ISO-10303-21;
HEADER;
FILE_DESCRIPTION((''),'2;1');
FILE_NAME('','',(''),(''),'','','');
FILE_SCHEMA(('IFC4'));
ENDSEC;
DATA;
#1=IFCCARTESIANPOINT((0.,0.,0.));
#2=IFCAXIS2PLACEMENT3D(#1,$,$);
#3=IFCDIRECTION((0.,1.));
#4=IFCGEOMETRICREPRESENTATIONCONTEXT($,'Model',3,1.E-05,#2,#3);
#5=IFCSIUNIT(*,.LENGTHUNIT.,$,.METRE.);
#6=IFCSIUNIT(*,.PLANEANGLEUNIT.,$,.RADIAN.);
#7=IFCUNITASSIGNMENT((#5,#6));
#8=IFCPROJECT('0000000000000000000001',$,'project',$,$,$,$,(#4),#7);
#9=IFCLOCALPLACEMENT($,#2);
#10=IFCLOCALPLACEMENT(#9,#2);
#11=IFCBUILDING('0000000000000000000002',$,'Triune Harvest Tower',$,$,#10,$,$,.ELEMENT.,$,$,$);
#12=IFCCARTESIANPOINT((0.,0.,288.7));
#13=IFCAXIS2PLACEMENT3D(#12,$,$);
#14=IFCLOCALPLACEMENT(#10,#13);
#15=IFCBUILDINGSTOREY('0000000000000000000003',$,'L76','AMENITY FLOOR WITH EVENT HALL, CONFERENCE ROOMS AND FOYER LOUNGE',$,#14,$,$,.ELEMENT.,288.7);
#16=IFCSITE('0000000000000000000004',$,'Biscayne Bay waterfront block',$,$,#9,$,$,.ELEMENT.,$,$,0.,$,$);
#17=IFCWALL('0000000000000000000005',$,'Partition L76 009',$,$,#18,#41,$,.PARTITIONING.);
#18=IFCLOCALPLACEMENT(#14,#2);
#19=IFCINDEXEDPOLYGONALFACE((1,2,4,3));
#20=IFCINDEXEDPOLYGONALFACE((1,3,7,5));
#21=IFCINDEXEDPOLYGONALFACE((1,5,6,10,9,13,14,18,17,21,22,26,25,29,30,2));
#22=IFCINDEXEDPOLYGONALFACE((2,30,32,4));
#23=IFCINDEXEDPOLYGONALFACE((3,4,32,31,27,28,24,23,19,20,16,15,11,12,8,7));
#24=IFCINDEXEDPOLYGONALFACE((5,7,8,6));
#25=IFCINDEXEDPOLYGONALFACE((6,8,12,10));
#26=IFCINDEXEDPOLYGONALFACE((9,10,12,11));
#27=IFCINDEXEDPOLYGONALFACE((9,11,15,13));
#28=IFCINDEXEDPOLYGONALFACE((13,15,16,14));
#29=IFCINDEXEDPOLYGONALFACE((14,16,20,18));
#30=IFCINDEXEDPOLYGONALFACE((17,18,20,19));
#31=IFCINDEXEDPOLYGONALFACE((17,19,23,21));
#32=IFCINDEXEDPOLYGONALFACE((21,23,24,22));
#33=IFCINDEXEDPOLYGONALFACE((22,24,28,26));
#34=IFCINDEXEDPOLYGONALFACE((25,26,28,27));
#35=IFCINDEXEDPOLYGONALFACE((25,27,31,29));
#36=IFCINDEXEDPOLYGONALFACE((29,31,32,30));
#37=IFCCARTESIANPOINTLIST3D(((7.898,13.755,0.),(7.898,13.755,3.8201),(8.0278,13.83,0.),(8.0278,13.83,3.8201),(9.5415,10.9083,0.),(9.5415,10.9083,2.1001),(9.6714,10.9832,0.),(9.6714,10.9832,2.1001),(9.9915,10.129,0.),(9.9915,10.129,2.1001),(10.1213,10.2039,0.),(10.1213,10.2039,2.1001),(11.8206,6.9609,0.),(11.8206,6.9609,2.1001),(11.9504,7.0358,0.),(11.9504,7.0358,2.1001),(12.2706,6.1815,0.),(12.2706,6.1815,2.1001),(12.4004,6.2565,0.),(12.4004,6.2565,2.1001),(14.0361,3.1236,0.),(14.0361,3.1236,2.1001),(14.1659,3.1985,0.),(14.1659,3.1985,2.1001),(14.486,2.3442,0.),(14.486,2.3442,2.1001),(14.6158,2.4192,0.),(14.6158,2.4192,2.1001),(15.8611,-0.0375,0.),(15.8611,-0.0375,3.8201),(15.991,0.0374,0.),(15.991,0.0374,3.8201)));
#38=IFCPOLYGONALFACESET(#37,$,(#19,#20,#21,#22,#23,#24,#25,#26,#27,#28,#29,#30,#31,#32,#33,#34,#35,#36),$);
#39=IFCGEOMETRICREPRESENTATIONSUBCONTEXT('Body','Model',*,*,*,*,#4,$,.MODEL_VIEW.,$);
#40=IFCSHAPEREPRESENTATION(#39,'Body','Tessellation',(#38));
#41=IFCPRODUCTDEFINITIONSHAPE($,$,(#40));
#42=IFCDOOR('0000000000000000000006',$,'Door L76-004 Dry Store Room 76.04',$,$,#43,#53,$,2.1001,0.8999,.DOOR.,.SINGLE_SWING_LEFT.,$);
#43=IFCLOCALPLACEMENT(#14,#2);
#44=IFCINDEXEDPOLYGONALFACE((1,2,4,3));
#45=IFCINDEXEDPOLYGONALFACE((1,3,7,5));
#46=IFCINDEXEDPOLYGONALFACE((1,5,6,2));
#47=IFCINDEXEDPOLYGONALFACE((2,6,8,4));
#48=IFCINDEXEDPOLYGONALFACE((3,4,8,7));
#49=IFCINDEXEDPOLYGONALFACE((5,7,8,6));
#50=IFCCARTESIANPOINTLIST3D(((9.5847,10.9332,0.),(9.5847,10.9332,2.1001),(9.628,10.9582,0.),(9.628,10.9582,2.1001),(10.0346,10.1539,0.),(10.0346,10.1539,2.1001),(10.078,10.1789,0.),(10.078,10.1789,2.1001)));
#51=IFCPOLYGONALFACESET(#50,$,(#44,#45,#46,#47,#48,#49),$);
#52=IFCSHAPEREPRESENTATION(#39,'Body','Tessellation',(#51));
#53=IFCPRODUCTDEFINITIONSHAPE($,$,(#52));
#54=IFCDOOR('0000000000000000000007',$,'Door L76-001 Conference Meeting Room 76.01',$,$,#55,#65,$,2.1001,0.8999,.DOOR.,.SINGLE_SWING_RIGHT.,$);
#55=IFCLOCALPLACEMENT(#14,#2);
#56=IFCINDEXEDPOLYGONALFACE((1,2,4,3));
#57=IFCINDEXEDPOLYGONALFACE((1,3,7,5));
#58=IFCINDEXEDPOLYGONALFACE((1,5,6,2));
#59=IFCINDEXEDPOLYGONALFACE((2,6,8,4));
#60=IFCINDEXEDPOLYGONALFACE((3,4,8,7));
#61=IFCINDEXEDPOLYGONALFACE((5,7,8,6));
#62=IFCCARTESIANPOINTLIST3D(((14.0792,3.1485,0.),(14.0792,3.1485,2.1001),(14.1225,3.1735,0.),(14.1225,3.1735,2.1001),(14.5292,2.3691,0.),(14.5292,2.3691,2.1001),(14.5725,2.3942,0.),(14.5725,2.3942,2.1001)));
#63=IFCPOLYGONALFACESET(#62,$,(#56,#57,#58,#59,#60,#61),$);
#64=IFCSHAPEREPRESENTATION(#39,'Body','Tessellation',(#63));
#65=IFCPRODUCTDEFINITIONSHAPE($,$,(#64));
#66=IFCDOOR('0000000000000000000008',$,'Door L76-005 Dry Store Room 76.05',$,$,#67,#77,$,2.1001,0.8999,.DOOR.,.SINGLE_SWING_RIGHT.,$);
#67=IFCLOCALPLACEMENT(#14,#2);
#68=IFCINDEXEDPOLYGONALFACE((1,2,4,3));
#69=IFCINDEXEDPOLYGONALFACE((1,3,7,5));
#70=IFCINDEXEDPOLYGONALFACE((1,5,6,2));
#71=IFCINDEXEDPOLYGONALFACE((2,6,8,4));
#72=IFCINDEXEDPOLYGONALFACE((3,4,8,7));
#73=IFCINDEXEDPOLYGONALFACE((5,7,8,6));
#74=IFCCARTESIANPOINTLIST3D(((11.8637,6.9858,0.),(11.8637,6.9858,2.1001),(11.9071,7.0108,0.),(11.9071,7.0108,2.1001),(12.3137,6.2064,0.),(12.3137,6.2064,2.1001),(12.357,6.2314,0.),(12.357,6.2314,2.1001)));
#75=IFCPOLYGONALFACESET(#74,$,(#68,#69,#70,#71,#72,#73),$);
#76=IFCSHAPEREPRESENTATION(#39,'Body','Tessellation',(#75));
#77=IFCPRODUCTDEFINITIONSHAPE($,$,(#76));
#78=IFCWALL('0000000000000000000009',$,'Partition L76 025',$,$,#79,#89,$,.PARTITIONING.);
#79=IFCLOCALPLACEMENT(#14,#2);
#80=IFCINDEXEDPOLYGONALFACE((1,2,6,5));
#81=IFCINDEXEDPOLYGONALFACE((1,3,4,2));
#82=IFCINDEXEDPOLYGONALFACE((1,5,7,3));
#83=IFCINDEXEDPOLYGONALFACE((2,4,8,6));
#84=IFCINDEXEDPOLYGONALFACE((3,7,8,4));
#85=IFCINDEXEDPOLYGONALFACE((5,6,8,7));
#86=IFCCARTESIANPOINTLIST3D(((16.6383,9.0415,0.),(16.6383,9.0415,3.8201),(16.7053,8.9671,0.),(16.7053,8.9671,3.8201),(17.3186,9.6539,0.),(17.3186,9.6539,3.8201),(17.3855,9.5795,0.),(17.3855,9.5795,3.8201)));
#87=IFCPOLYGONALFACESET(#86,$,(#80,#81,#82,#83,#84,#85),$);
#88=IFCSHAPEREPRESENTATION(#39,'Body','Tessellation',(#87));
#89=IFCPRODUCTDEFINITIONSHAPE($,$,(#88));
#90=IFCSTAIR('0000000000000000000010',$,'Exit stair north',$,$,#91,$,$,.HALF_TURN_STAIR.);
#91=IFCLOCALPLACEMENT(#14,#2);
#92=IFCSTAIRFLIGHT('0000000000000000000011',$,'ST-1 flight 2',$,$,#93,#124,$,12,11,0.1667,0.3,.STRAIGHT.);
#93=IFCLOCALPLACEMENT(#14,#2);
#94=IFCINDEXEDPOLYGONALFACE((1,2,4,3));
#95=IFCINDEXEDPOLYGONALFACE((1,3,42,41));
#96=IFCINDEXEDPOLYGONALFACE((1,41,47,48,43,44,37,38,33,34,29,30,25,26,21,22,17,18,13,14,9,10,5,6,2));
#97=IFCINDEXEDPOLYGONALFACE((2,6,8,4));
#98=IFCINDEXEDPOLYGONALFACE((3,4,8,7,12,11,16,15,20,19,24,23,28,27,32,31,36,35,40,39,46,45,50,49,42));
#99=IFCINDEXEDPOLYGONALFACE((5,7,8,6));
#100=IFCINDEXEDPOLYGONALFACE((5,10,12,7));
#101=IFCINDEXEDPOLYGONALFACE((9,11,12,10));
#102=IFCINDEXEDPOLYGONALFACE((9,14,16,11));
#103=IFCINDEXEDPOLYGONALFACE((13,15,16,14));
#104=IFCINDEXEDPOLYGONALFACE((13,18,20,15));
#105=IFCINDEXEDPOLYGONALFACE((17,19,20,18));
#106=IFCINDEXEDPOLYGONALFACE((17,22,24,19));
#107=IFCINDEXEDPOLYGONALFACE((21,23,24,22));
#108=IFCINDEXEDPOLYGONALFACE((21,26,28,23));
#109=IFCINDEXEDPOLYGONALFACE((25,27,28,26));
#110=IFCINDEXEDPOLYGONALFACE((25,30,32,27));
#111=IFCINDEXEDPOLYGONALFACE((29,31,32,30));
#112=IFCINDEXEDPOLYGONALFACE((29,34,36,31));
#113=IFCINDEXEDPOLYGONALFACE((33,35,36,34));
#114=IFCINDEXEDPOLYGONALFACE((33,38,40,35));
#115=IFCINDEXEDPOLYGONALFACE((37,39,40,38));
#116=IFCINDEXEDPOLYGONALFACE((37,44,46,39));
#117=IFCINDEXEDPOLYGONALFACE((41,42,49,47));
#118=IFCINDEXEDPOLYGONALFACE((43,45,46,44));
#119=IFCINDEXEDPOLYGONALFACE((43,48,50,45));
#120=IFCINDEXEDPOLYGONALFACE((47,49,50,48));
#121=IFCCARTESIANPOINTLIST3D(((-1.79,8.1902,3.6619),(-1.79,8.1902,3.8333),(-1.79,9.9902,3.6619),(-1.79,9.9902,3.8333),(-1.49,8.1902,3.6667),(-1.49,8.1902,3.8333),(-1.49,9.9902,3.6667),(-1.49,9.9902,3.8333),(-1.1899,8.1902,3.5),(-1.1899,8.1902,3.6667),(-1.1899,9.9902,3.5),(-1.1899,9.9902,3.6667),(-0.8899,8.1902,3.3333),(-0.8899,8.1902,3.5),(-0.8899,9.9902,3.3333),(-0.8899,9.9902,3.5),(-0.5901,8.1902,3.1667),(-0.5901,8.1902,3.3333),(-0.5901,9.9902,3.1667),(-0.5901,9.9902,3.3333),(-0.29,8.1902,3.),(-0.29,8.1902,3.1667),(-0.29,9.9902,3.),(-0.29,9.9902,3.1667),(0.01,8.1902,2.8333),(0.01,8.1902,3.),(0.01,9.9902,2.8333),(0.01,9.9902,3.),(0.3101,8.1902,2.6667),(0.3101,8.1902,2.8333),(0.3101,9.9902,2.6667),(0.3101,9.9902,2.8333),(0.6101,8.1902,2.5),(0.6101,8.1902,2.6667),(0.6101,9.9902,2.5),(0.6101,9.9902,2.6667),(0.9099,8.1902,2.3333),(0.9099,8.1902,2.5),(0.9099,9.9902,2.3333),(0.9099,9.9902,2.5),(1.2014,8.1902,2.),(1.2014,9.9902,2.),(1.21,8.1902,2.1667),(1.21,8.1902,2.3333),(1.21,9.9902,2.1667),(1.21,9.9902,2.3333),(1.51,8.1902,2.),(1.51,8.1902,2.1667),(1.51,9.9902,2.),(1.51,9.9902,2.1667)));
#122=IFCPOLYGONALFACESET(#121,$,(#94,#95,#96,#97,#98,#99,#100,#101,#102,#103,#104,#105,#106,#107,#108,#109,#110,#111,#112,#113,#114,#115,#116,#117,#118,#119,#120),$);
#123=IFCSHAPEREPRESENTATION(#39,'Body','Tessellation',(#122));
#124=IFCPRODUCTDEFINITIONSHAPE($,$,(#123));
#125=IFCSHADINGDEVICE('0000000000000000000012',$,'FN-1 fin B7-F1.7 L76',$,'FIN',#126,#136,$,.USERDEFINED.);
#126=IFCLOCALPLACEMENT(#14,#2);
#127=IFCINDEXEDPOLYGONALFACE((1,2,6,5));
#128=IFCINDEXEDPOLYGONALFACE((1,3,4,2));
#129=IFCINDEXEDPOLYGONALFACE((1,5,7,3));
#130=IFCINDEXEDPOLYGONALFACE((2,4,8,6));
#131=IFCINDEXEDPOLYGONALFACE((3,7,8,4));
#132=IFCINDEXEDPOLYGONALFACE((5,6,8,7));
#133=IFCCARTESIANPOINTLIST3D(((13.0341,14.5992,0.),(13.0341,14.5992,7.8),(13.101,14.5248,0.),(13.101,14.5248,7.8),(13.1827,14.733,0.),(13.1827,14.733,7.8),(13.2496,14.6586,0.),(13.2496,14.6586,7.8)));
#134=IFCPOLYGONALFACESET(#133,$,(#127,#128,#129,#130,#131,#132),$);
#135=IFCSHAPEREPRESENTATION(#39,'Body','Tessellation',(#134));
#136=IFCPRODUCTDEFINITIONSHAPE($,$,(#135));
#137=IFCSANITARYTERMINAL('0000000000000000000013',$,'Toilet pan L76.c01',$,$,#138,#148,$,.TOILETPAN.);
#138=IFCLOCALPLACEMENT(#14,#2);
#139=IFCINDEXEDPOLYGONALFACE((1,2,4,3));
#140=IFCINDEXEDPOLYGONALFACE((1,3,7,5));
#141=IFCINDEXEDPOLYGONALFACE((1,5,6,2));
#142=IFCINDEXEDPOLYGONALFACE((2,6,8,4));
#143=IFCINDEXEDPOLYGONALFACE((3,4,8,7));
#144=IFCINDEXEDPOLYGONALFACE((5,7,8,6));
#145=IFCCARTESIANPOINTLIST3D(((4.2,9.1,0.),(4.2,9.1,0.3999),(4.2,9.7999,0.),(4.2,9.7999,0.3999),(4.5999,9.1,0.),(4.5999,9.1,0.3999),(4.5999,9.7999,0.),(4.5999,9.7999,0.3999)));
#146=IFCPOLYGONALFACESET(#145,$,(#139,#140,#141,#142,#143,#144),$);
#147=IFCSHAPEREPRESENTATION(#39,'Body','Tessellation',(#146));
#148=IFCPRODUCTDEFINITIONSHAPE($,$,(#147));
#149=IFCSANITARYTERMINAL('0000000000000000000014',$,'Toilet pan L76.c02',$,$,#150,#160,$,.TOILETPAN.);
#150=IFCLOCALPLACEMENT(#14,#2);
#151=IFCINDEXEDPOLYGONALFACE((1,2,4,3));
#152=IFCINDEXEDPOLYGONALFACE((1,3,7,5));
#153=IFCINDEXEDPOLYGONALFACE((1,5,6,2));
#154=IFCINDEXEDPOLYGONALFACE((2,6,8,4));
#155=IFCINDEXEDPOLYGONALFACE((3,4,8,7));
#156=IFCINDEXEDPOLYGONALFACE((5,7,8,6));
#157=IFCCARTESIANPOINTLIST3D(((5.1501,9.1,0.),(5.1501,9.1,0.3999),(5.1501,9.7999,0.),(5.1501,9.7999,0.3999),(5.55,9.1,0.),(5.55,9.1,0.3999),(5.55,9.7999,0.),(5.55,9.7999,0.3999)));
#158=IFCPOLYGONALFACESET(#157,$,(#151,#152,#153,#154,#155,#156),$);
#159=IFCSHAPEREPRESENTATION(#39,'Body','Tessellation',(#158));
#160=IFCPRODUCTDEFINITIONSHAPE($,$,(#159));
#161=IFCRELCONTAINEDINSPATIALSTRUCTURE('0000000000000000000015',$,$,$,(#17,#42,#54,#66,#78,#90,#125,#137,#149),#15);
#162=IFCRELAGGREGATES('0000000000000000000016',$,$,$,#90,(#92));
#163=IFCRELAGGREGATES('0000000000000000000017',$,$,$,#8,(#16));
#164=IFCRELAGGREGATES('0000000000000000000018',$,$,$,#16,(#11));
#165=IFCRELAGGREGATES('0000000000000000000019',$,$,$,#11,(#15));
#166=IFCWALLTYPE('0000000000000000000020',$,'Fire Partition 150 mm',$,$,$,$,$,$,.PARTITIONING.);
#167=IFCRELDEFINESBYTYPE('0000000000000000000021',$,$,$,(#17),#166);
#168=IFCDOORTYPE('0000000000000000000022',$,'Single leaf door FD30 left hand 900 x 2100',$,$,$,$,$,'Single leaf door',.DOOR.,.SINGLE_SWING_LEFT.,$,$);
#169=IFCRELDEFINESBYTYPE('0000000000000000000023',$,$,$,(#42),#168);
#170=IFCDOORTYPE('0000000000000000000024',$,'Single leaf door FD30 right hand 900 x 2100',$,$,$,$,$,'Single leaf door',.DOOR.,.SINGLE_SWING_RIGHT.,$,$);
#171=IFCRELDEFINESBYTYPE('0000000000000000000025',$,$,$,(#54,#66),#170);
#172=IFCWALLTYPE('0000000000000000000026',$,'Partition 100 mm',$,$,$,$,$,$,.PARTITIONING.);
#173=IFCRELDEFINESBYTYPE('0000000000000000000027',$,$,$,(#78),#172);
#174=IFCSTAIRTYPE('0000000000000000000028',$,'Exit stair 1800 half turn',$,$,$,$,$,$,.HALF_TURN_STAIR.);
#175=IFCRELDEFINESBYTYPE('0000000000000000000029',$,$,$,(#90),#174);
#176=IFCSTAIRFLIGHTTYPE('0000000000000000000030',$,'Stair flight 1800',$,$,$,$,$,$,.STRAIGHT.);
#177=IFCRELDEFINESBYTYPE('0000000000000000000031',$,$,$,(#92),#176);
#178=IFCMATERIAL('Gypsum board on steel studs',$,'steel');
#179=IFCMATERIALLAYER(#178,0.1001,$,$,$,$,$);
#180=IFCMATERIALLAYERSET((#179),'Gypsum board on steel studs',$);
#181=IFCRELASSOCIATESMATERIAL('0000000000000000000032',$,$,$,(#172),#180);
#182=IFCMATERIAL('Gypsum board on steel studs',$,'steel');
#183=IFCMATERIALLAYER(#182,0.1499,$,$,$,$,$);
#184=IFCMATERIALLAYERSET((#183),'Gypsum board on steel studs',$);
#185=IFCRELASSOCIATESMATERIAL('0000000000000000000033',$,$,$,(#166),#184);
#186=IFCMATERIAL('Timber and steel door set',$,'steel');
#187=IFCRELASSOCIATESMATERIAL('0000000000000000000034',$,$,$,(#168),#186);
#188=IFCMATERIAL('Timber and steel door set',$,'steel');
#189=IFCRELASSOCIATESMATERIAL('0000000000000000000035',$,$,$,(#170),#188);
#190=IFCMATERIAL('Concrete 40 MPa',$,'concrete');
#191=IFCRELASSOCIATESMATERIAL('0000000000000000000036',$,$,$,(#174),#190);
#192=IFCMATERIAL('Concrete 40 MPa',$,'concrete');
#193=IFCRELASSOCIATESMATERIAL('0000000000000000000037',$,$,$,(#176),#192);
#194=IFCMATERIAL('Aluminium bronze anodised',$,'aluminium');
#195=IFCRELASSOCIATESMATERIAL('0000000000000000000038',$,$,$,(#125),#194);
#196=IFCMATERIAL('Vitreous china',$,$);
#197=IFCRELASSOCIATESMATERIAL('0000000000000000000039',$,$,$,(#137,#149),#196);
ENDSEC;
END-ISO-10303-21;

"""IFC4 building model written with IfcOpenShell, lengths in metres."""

from ifc_helpers import new_model, si_unit, direction, frame, frame_2d, origin, origin_2d, place, context, subcontext, project, spatial, polyline, rectangle, outline, extrude, source, transform, mapped, material, layer, layer_set, type_object, element, fill, aggregate, save


model = new_model("IFC4")

# Units and contexts
model_context = context("Model", 3, precision=1e-05, world=origin(), true_north=direction((0.0, 1.0)))
body_context = subcontext(model_context, "Body", "Model", "MODEL_VIEW")
ifc_project = project(units=[si_unit("LENGTHUNIT", "METRE"), si_unit("PLANEANGLEUNIT", "RADIAN")], contexts=[model_context])

# Site, building, storey
site_placement = place(None, origin())
site = spatial("IfcSite", under=ifc_project, at=site_placement, Name="Biscayne Bay waterfront block", CompositionType="ELEMENT", RefElevation=0.0)
building_placement = place(site_placement, origin())
building = spatial("IfcBuilding", under=site, at=building_placement, Name="Triune Harvest Tower", CompositionType="ELEMENT")
storey_placement = place(building_placement, frame((0.0, 0.0, 288.7)))
storey = spatial("IfcBuildingStorey", under=building, at=storey_placement, Name="L76", Description="AMENITY FLOOR WITH EVENT HALL, CONFERENCE ROOMS AND FOYER LOUNGE", CompositionType="ELEMENT", Elevation=288.7)

# Shared definitions
ifc_material_1 = material(Name="Gypsum board on steel studs", Category="steel")
ifc_layer_1 = layer(ifc_material_1, 0.1001)
ifc_layer_set_1 = layer_set([ifc_layer_1], Name="Gypsum board on steel studs")
wall_type_1 = type_object("IfcWallType", Name="Partition 100 mm", PredefinedType="PARTITIONING", material=ifc_layer_set_1)

# Wall, openings, doors
ifc_material_2 = material(Name="Gypsum board on steel studs", Category="steel")
ifc_layer_2 = layer(ifc_material_2, 0.1499)
ifc_layer_set_2 = layer_set([ifc_layer_2], Name="Gypsum board on steel studs")
wall_type_2 = type_object("IfcWallType", Name="Fire Partition 150 mm", PredefinedType="PARTITIONING", material=ifc_layer_set_2)
shared_shape_1 = source(origin(), body_context, "Body", "SweptSolid", [
    extrude(rectangle(XDim=15.9263, YDim=0.1499, at=frame_2d((7.9631, 0.0))), origin(), (0.0, 0.0, 1.0), 3.8201),
])
wall_1_placement = place(storey_placement, frame((7.9629, 13.7925, 0.0), z_axis=(0.0, 0.0, 1.0), x_axis=(0.500002, -0.866024, 0.0)))
wall_1 = element("IfcWall", 1, at=wall_1_placement, inside=storey, type_object=wall_type_2, Name="Partition L76 009", PredefinedType="PARTITIONING", context=body_context, shape_type="MappedRepresentation", body=[
    mapped(shared_shape_1, transform((0.0, 0.0, 0.0), scale=1.0)),
])
opening_1_placement = place(wall_1_placement, frame((12.2761, 0.0, 0.0)))
opening_1 = element("IfcOpeningElement", 2, at=opening_1_placement, cuts=wall_1, PredefinedType="OPENING", context=body_context, shape_type="SweptSolid", body=[
    extrude(rectangle(XDim=0.8999, YDim=2.1001, at=frame_2d((0.45, 1.05))), frame((0.0, 0.085, 0.0), z_axis=(0.0, -1.0, 0.0), x_axis=(1.0, 0.0, 0.0)), (0.0, 0.0, 1.0), 0.1699),
])
opening_2_placement = place(wall_1_placement, frame((3.2871, 0.0, 0.0)))
opening_2 = element("IfcOpeningElement", 3, at=opening_2_placement, cuts=wall_1, PredefinedType="OPENING", context=body_context, shape_type="SweptSolid", body=[
    extrude(rectangle(XDim=0.8999, YDim=2.1001, at=frame_2d((0.45, 1.05))), frame((0.0, 0.085, 0.0), z_axis=(0.0, -1.0, 0.0), x_axis=(1.0, 0.0, 0.0)), (0.0, 0.0, 1.0), 0.1699),
])
opening_3_placement = place(wall_1_placement, frame((7.8452, 0.0, 0.0)))
opening_3 = element("IfcOpeningElement", 4, at=opening_3_placement, cuts=wall_1, PredefinedType="OPENING", context=body_context, shape_type="SweptSolid", body=[
    extrude(rectangle(XDim=0.8999, YDim=2.1001, at=frame_2d((0.45, 1.05))), frame((0.0, 0.085, 0.0), z_axis=(0.0, -1.0, 0.0), x_axis=(1.0, 0.0, 0.0)), (0.0, 0.0, 1.0), 0.1699),
])
ifc_material_3 = material(Name="Timber and steel door set", Category="steel")
door_type_1 = type_object("IfcDoorType", Name="Single leaf door FD30 left hand 900 x 2100", ElementType="Single leaf door", OperationType="SINGLE_SWING_LEFT", PredefinedType="DOOR", material=ifc_material_3)
door_1_placement = place(opening_2_placement, origin())
door_1 = element("IfcDoor", 5, at=door_1_placement, inside=storey, type_object=door_type_1, Name="Door L76-004 Dry Store Room 76.04", OperationType="SINGLE_SWING_LEFT", OverallHeight=2.1001, OverallWidth=0.8999, PredefinedType="DOOR", context=body_context, shape_type="SweptSolid", body=[
    extrude(rectangle(XDim=0.8999, YDim=2.1001, at=frame_2d((0.45, 1.05))), frame((0.0, 0.0249, 0.0), z_axis=(0.0, -1.0, 0.0), x_axis=(1.0, 0.0, 0.0)), (0.0, 0.0, 1.0), 0.05),
])
fill(opening_2, door_1)
ifc_material_4 = material(Name="Timber and steel door set", Category="steel")
door_type_2 = type_object("IfcDoorType", Name="Single leaf door FD30 right hand 900 x 2100", ElementType="Single leaf door", OperationType="SINGLE_SWING_RIGHT", PredefinedType="DOOR", material=ifc_material_4)
door_2_placement = place(opening_1_placement, origin())
door_2 = element("IfcDoor", 6, at=door_2_placement, inside=storey, type_object=door_type_2, Name="Door L76-001 Conference Meeting Room 76.01", OperationType="SINGLE_SWING_RIGHT", OverallHeight=2.1001, OverallWidth=0.8999, PredefinedType="DOOR", context=body_context, shape_type="SweptSolid", body=[
    extrude(rectangle(XDim=0.8999, YDim=2.1001, at=frame_2d((0.45, 1.05))), frame((0.0, 0.0249, 0.0), z_axis=(0.0, -1.0, 0.0), x_axis=(1.0, 0.0, 0.0)), (0.0, 0.0, 1.0), 0.05),
])
fill(opening_1, door_2)
door_3_placement = place(opening_3_placement, origin())
door_3 = element("IfcDoor", 7, at=door_3_placement, inside=storey, type_object=door_type_2, Name="Door L76-005 Dry Store Room 76.05", OperationType="SINGLE_SWING_RIGHT", OverallHeight=2.1001, OverallWidth=0.8999, PredefinedType="DOOR", context=body_context, shape_type="SweptSolid", body=[
    extrude(rectangle(XDim=0.8999, YDim=2.1001, at=frame_2d((0.45, 1.05))), frame((0.0, 0.0249, 0.0), z_axis=(0.0, -1.0, 0.0), x_axis=(1.0, 0.0, 0.0)), (0.0, 0.0, 1.0), 0.05),
])
fill(opening_3, door_3)

# Wall
shared_shape_2 = source(origin(), body_context, "Body", "SweptSolid", [
    extrude(rectangle(XDim=0.9153, YDim=0.1001, at=frame_2d((0.4575, 0.0))), origin(), (0.0, 0.0, 1.0), 3.8201),
])
wall_2_placement = place(storey_placement, frame((16.6719, 9.0044, 0.0), z_axis=(0.0, 0.0, 1.0), x_axis=(0.743215, 0.669053, 0.0)))
element("IfcWall", 8, at=wall_2_placement, inside=storey, type_object=wall_type_1, Name="Partition L76 025", PredefinedType="PARTITIONING", context=body_context, shape_type="MappedRepresentation", body=[
    mapped(shared_shape_2, transform((0.0, 0.0, 0.0), scale=1.0)),
])

# Stair, stair flight
ifc_material_5 = material(Name="Concrete 40 MPa", Category="concrete")
stair_type = type_object("IfcStairType", Name="Exit stair 1800 half turn", PredefinedType="HALF_TURN_STAIR", material=ifc_material_5)
stair_placement = place(storey_placement, origin())
stair = element("IfcStair", 9, at=stair_placement, inside=storey, type_object=stair_type, Name="Exit stair north", PredefinedType="HALF_TURN_STAIR")
ifc_material_6 = material(Name="Concrete 40 MPa", Category="concrete")
stair_flight_type = type_object("IfcStairFlightType", Name="Stair flight 1800", PredefinedType="STRAIGHT", material=ifc_material_6)
shared_shape_3 = source(origin(), body_context, "Body", "SweptSolid", [
    extrude(outline(polyline([(0.0, 0.0), (0.0, 0.1667), (0.3, 0.1667), (0.3, 0.3333), (0.6001, 0.3333), (0.6001, 0.5), (0.8999, 0.5), (0.8999, 0.6667), (1.2, 0.6667), (1.2, 0.8333), (1.5, 0.8333), (1.5, 1.0), (1.8, 1.0), (1.8, 1.1667), (2.1001, 1.1667), (2.1001, 1.3333), (2.3999, 1.3333), (2.3999, 1.5), (2.7, 1.5), (2.7, 1.6667), (3.0, 1.6667), (3.0, 1.8333), (3.3, 1.8333), (3.3, 2.0), (3.3, 1.6619), (0.3086, 0.0), (0.0, 0.0)])), frame((0.0, 0.8999, 0.0), z_axis=(0.0, -1.0, 0.0), x_axis=(1.0, 0.0, 0.0)), (0.0, 0.0, 1.0), 1.8),
])
stair_flight_placement = place(storey_placement, frame((1.51, 9.0901, 2.0), z_axis=(0.0, 0.0, 1.0), x_axis=(-1.0, 0.0, 0.0)))
stair_flight = element("IfcStairFlight", 10, at=stair_flight_placement, type_object=stair_flight_type, Name="ST-1 flight 2", NumberOfRisers=12, NumberOfTreads=11, PredefinedType="STRAIGHT", RiserHeight=0.1667, TreadLength=0.3, context=body_context, shape_type="MappedRepresentation", body=[
    mapped(shared_shape_3, transform((0.0, 0.0, 0.0), scale=1.0)),
])
aggregate(stair, [stair_flight])

# Shading device
ifc_material_7 = material(Name="Aluminium bronze anodised", Category="aluminium")
shared_shape_4 = source(origin(), body_context, "Body", "SweptSolid", [
    extrude(rectangle(XDim=0.1001, YDim=0.2, at=origin_2d()), origin(), (0.0, 0.0, 1.0), 7.8),
])
shading_device_placement = place(storey_placement, frame((13.1418, 14.6289, 0.0), z_axis=(0.0, 0.0, 1.0), x_axis=(-0.669131, 0.743144, 0.0)))
element("IfcShadingDevice", 11, at=shading_device_placement, inside=storey, material=ifc_material_7, Name="FN-1 fin B7-F1.7 L76", ObjectType="FIN", PredefinedType="USERDEFINED", context=body_context, shape_type="MappedRepresentation", body=[
    mapped(shared_shape_4, transform((0.0, 0.0, 0.0), scale=1.0)),
])

# Sanitary terminals
ifc_material_8 = material(Name="Vitreous china")
shared_shape_5 = source(origin(), body_context, "Body", "SweptSolid", [
    extrude(rectangle(XDim=0.3999, YDim=0.7, at=origin_2d()), origin(), (0.0, 0.0, 1.0), 0.3999),
])
for number, where, z_axis, x_axis, name in (
    (12, (4.3999, 9.45, 0.0), (0.0, 0.0, 1.0), (1.0, 0.0, 0.0), "Toilet pan L76.c01"),
    (13, (5.3501, 9.45, 0.0), (0.0, 0.0, 1.0), (1.0, 0.0, 0.0), "Toilet pan L76.c02"),
):
    element("IfcSanitaryTerminal", number, at=place(storey_placement, frame(where, z_axis=z_axis, x_axis=x_axis)), inside=storey, material=ifc_material_8, Name=name, PredefinedType="TOILETPAN", context=body_context, shape_type="MappedRepresentation", body=[
        mapped(shared_shape_5, transform((0.0, 0.0, 0.0), scale=1.0)),
    ])

save(model, "model.ifc")
